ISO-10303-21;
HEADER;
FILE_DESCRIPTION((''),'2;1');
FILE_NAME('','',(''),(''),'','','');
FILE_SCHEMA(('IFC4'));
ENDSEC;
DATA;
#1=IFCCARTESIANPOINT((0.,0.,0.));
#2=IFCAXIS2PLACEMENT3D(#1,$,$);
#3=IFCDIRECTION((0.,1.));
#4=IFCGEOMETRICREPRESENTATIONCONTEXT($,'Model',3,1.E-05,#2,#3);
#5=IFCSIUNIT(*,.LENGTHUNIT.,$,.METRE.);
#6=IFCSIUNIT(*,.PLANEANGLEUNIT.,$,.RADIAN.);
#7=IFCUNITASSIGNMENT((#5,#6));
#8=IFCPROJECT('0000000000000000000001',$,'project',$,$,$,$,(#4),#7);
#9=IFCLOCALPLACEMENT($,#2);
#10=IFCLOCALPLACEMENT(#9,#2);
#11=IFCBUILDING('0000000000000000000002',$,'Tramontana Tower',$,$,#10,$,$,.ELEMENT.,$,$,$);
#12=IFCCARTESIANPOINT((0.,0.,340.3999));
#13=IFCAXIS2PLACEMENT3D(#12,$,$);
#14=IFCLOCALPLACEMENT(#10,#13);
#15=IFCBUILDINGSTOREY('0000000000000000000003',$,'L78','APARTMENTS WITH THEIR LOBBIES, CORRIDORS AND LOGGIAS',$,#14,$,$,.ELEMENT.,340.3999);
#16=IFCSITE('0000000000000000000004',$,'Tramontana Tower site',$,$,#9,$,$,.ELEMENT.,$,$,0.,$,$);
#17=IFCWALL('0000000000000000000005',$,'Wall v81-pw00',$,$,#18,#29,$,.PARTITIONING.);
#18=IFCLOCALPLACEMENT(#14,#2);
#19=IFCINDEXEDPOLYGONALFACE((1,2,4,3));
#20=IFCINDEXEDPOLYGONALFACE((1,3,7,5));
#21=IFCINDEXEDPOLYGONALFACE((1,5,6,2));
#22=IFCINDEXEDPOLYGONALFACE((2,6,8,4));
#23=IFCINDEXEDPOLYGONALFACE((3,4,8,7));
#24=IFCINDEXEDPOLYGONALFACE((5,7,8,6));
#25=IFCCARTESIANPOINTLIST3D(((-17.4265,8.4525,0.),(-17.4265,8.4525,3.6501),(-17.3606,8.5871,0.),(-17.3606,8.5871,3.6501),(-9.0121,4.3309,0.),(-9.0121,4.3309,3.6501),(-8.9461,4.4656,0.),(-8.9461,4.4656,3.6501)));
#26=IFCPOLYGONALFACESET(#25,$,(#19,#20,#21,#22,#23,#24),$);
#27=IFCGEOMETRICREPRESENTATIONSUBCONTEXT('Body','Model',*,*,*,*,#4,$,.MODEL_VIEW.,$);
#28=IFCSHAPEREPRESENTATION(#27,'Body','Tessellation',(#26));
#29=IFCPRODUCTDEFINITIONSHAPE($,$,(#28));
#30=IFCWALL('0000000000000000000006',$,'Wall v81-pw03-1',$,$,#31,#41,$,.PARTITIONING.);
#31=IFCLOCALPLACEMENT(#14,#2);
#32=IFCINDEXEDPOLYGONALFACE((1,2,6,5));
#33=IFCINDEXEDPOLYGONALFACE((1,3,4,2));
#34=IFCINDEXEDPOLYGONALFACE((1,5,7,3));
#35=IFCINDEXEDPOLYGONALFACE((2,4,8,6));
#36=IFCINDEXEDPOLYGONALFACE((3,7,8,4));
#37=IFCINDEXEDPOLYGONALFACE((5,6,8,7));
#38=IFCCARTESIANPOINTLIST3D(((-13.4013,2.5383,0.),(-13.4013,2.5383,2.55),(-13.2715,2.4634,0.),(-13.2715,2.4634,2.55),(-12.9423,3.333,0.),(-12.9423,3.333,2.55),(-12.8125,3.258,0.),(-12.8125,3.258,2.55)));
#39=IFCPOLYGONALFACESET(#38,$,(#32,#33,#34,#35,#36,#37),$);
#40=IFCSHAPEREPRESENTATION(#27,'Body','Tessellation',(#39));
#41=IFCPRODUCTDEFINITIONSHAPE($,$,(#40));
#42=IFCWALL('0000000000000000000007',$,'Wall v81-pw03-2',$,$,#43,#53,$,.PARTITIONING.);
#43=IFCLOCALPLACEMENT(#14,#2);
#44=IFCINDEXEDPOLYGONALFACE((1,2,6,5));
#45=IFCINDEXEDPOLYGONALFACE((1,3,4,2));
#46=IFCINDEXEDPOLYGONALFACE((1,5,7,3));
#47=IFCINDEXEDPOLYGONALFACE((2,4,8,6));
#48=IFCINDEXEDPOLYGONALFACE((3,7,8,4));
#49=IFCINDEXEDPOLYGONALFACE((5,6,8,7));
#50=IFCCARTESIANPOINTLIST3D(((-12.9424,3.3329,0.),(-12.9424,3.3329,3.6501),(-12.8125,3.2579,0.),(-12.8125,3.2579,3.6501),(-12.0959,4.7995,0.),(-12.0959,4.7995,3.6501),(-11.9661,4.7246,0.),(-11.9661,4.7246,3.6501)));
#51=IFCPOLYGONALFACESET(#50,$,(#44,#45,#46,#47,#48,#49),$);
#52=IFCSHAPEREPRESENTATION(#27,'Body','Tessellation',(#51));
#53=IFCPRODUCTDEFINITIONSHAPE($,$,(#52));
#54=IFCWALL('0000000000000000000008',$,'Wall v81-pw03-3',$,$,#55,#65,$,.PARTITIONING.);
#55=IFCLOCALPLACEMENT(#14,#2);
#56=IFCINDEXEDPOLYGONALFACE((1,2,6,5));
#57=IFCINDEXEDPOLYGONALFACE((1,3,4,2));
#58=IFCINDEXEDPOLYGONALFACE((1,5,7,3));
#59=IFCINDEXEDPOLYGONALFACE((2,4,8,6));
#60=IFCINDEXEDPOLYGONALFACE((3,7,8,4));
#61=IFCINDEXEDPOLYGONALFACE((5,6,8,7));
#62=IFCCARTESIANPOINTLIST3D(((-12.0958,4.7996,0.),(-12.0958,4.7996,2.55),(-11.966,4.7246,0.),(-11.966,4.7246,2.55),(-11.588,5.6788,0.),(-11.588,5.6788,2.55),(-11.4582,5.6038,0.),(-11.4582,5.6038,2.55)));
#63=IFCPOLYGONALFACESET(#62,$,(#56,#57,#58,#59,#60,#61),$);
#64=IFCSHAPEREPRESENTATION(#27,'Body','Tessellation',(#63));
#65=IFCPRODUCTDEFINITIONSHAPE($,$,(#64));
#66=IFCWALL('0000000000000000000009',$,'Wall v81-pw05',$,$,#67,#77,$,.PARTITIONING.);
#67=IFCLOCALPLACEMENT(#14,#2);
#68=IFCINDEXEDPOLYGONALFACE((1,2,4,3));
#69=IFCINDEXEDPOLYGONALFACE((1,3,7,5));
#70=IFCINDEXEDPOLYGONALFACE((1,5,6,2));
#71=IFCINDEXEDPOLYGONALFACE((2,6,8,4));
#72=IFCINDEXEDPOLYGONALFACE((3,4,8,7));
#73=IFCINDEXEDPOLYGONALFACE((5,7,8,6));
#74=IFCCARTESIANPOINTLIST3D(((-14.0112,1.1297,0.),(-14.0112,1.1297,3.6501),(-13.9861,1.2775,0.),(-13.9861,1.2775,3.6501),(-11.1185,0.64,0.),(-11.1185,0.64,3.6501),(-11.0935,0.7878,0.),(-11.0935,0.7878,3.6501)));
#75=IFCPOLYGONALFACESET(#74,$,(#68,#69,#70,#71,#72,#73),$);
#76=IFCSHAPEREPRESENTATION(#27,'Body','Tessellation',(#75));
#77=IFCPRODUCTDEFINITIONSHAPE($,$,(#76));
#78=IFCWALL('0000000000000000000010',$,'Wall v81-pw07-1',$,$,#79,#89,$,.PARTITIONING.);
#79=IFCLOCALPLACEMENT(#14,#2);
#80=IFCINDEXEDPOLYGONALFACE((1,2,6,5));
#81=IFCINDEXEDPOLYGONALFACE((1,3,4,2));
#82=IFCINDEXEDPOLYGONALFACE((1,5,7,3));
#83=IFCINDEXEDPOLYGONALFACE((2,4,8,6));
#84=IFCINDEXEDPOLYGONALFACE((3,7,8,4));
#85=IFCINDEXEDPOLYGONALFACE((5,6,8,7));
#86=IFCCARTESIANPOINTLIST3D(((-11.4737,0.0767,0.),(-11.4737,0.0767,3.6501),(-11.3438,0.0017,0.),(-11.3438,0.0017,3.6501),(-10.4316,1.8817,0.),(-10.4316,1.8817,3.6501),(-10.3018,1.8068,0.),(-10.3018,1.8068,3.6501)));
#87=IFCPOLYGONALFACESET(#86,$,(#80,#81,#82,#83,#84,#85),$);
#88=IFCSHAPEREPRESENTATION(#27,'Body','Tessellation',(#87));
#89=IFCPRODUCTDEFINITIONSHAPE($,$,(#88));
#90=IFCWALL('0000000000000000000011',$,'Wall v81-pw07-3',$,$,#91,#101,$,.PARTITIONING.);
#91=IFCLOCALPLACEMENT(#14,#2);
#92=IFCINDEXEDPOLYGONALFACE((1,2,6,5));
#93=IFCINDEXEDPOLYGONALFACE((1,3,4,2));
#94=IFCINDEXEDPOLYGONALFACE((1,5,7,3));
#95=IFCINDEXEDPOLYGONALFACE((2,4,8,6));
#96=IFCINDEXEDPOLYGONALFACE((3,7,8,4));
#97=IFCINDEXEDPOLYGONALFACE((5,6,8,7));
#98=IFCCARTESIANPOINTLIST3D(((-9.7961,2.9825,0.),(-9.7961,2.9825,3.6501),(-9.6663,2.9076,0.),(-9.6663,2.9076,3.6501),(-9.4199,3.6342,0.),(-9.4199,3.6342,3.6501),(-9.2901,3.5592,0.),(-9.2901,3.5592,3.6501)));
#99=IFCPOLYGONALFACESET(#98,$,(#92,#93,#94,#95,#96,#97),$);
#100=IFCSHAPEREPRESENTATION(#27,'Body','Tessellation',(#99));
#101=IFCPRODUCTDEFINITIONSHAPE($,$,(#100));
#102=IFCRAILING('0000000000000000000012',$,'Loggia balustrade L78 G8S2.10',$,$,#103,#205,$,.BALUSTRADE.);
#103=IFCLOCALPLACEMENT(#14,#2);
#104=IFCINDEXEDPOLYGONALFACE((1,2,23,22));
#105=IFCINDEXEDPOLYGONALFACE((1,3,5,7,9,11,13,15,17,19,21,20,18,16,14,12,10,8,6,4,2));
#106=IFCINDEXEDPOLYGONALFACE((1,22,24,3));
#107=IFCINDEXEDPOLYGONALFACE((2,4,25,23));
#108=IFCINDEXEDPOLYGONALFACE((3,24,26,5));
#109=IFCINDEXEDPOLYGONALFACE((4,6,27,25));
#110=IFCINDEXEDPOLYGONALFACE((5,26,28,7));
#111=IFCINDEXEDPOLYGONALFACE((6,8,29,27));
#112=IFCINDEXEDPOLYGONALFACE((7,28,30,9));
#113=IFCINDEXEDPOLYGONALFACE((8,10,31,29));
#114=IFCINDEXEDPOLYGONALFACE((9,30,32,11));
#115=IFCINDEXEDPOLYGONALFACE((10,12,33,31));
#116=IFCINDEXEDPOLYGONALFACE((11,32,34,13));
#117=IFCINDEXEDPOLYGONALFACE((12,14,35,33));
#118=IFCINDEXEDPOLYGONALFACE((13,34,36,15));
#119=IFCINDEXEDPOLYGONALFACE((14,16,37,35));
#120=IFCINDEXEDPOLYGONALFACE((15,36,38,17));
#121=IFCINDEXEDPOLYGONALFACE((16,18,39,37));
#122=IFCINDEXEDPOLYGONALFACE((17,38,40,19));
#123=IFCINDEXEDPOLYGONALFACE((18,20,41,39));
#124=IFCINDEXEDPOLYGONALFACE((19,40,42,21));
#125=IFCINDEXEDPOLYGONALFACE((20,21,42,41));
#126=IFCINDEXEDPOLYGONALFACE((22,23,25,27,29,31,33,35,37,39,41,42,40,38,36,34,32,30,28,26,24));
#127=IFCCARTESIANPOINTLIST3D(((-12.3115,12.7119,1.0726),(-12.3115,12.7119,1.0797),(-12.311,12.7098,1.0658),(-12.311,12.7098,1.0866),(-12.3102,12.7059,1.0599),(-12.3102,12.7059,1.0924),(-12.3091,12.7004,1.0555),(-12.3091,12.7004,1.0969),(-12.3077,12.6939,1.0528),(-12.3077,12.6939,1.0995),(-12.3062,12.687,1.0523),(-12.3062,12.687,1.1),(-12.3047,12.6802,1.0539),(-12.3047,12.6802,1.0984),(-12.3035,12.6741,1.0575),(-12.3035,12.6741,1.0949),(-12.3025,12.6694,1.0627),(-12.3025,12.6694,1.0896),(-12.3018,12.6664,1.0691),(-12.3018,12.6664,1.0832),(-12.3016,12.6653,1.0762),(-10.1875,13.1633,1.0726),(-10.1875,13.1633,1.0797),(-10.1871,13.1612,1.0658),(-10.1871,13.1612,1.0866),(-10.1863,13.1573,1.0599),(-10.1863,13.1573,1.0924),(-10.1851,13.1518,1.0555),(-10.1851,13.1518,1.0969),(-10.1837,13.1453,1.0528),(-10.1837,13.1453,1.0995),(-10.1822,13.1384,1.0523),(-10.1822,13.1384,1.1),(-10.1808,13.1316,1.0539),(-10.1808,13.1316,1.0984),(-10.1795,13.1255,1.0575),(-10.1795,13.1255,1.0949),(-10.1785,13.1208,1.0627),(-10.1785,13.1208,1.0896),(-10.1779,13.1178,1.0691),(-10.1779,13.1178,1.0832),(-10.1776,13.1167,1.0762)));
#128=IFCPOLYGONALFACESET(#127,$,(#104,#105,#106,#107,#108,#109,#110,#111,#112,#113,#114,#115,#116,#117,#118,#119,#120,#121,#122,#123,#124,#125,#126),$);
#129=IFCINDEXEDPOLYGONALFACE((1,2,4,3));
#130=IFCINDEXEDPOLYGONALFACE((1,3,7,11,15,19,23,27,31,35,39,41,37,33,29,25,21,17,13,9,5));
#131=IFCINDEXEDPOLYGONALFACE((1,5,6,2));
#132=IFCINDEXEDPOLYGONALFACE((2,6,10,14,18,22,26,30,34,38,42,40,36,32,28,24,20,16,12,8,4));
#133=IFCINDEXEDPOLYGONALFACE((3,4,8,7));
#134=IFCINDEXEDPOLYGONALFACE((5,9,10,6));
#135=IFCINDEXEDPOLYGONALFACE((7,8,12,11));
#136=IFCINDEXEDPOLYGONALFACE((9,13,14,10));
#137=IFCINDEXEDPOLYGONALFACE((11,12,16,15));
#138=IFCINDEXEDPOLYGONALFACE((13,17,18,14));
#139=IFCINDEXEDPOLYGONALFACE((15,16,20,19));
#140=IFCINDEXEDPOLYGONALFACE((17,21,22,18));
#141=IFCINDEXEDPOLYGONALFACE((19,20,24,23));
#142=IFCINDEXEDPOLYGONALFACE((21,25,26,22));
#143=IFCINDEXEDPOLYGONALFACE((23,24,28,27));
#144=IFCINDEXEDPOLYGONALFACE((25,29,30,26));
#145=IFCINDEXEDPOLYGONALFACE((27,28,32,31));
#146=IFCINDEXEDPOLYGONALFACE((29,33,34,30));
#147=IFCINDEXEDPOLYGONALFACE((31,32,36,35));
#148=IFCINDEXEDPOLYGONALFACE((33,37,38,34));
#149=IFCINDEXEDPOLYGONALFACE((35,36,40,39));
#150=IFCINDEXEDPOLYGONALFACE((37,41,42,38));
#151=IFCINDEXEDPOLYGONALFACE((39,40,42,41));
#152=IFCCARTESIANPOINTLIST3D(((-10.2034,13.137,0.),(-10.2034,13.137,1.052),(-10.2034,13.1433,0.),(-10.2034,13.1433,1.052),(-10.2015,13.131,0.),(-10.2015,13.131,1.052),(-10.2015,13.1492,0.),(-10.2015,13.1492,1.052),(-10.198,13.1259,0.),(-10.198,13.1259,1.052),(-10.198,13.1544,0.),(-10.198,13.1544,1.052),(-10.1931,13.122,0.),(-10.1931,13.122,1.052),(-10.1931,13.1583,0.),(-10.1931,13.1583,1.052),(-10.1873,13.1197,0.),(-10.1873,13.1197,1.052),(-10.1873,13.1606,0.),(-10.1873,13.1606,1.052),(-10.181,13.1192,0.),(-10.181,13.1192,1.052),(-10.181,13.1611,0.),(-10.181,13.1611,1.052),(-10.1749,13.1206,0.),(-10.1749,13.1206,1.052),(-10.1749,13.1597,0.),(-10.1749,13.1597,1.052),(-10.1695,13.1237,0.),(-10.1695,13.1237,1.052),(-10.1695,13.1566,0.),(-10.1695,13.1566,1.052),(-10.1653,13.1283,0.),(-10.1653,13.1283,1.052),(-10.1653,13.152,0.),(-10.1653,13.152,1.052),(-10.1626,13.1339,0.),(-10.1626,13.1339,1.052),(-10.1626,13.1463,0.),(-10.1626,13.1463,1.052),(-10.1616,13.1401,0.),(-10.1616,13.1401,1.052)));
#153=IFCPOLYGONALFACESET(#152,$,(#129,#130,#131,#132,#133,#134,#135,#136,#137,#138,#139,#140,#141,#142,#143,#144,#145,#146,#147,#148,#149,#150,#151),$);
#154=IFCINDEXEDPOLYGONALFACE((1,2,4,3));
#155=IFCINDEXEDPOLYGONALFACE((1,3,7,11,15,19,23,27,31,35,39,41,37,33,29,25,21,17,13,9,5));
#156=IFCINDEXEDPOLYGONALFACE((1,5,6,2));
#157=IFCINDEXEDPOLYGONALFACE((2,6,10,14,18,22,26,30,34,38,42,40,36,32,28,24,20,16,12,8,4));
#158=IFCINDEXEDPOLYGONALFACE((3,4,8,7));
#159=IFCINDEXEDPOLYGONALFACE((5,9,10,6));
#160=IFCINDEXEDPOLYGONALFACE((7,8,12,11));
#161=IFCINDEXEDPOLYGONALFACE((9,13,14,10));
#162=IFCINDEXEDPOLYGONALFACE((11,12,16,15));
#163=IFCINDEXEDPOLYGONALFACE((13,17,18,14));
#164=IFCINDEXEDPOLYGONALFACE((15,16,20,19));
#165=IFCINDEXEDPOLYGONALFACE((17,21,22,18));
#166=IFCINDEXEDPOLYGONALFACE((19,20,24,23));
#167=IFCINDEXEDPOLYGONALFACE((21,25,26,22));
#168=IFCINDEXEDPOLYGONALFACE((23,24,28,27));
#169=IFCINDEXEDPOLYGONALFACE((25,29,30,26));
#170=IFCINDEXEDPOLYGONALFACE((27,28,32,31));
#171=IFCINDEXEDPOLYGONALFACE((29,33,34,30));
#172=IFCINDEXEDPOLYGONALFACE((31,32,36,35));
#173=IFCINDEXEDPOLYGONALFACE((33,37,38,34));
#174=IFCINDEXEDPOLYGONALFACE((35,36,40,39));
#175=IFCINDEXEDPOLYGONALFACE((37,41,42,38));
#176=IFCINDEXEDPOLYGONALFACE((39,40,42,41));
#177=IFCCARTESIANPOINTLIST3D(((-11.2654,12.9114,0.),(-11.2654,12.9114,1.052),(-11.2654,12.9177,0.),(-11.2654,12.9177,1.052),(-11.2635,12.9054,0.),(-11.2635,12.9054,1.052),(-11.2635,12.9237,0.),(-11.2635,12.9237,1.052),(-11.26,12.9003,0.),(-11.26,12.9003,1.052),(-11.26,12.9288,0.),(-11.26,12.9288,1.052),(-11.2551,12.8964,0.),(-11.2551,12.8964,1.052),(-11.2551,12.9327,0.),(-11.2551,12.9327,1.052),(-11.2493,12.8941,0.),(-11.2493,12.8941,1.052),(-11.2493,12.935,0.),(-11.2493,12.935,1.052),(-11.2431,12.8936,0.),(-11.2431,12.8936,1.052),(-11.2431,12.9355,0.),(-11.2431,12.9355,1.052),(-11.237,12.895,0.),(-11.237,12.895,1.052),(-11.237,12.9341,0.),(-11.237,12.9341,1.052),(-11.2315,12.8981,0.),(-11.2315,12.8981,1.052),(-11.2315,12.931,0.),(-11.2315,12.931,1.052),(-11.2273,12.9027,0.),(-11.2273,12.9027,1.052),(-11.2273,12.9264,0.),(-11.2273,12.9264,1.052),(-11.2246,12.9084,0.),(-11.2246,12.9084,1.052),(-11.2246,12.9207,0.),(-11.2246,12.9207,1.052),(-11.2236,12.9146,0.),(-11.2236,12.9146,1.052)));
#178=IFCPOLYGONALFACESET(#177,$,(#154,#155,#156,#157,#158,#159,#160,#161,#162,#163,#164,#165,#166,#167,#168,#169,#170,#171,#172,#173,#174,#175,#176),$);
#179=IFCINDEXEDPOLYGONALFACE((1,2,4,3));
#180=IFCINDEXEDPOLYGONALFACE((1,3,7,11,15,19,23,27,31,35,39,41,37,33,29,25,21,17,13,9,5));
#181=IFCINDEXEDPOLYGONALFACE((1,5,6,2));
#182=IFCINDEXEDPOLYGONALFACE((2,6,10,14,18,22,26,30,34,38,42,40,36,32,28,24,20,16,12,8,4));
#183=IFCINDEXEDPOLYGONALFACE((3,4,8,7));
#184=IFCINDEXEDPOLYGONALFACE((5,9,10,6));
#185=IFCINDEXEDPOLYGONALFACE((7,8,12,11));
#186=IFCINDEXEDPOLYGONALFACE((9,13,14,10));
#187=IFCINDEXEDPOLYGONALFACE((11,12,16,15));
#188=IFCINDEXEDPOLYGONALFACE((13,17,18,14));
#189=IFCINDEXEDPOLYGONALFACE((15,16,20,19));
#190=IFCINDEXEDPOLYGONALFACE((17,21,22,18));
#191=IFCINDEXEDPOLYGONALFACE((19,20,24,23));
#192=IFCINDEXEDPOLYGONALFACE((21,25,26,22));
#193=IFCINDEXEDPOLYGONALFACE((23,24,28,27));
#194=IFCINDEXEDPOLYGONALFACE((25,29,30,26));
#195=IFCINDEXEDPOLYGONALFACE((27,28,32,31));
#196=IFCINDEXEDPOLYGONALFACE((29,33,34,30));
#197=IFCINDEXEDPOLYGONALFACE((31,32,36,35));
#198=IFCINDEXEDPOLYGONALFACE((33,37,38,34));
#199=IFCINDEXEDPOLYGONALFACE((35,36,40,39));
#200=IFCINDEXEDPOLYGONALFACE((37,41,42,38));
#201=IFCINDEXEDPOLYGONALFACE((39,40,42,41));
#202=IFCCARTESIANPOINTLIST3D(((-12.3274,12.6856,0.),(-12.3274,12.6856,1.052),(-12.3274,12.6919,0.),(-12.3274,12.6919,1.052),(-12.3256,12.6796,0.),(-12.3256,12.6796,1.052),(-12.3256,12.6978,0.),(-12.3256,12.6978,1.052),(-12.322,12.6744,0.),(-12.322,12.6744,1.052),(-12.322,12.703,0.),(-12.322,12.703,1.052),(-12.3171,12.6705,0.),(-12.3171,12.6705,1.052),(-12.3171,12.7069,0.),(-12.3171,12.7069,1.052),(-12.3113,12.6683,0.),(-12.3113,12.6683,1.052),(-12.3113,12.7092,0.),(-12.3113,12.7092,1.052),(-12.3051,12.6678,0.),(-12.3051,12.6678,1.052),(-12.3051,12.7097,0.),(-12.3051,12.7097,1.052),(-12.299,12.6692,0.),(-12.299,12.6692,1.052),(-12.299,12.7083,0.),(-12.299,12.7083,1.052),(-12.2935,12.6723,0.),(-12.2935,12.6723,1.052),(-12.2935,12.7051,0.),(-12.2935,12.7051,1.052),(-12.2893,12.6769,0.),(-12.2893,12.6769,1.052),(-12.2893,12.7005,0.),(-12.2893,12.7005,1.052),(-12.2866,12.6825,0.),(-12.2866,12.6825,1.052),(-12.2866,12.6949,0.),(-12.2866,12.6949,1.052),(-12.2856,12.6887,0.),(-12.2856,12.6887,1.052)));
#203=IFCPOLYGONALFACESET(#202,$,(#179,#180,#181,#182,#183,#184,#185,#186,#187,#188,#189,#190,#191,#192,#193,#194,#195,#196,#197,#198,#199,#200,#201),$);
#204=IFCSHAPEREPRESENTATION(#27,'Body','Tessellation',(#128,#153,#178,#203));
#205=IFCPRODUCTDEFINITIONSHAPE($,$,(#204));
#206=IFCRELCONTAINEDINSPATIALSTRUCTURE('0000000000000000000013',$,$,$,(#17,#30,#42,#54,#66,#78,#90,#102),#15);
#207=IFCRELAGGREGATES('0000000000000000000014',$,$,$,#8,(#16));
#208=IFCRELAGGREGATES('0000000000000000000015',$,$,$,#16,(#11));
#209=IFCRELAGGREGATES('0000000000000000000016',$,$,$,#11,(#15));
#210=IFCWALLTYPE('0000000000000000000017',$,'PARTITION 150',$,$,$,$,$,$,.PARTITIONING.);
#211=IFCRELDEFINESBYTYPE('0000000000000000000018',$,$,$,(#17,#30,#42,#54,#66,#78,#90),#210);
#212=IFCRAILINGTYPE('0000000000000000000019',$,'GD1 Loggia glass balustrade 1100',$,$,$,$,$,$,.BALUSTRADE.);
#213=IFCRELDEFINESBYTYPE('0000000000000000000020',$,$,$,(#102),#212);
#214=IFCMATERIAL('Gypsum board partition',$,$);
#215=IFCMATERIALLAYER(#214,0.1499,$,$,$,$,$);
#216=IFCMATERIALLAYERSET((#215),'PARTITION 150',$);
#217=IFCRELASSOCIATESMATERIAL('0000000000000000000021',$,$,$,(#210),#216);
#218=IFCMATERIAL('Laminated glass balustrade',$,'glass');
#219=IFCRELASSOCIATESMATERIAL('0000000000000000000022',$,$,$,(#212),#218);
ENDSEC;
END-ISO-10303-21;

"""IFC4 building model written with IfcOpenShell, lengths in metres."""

from ifc_helpers import new_model, si_unit, direction, frame, frame_2d, origin, origin_2d, place, context, subcontext, project, spatial, rectangle, circle, extrude, material, layer, layer_set, type_object, element, save


model = new_model("IFC4")

# Units and contexts
model_context = context("Model", 3, precision=1e-05, world=origin(), true_north=direction((0.0, 1.0)))
body_context = subcontext(model_context, "Body", "Model", "MODEL_VIEW")
ifc_project = project(units=[si_unit("LENGTHUNIT", "METRE"), si_unit("PLANEANGLEUNIT", "RADIAN")], contexts=[model_context])

# Site, building, storey
site_placement = place(None, origin())
site = spatial("IfcSite", under=ifc_project, at=site_placement, Name="Tramontana Tower site", CompositionType="ELEMENT", RefElevation=0.0)
building_placement = place(site_placement, origin())
building = spatial("IfcBuilding", under=site, at=building_placement, Name="Tramontana Tower", CompositionType="ELEMENT")
storey_placement = place(building_placement, frame((0.0, 0.0, 340.3999)))
storey = spatial("IfcBuildingStorey", under=building, at=storey_placement, Name="L78", Description="APARTMENTS WITH THEIR LOBBIES, CORRIDORS AND LOGGIAS", CompositionType="ELEMENT", Elevation=340.3999)

# Wall
ifc_material_1 = material(Name="Gypsum board partition")
ifc_layer_1 = layer(ifc_material_1, 0.1499)
ifc_layer_set_1 = layer_set([ifc_layer_1], Name="PARTITION 150")
wall_type_1 = type_object("IfcWallType", Name="PARTITION 150", PredefinedType="PARTITIONING", material=ifc_layer_set_1)
wall_1_placement = place(storey_placement, frame((-17.3936, 8.5198, 0.0), z_axis=(0.0, 0.0, 1.0), x_axis=(0.898056, -0.439882, 0.0)))
element("IfcWall", 1, at=wall_1_placement, inside=storey, type_object=wall_type_1, Name="Wall v81-pw00", PredefinedType="PARTITIONING", context=body_context, shape_type="SweptSolid", body=[
    extrude(rectangle(XDim=9.3696, YDim=0.1499, at=frame_2d((4.6848, 0.0))), origin(), (0.0, 0.0, 1.0), 3.6501),
])

# Walls
wall_2_placement = place(storey_placement, frame((-13.3364, 2.5007, 0.0), z_axis=(0.0, 0.0, 1.0), x_axis=(0.500145, 0.865942, 0.0)))
element("IfcWall", 2, at=wall_2_placement, inside=storey, type_object=wall_type_1, Name="Wall v81-pw03-1", PredefinedType="PARTITIONING", context=body_context, shape_type="SweptSolid", body=[
    extrude(rectangle(XDim=0.9177, YDim=0.1499, at=frame_2d((0.459, 0.0))), origin(), (0.0, 0.0, 1.0), 2.55),
])
wall_3_placement = place(storey_placement, frame((-12.8774, 3.2954, 0.0), z_axis=(0.0, 0.0, 1.0), x_axis=(0.499876, 0.866097, 0.0)))
element("IfcWall", 3, at=wall_3_placement, inside=storey, type_object=wall_type_1, Name="Wall v81-pw03-2", PredefinedType="PARTITIONING", context=body_context, shape_type="SweptSolid", body=[
    extrude(rectangle(XDim=1.6934, YDim=0.1499, at=frame_2d((0.8467, 0.0))), origin(), (0.0, 0.0, 1.0), 3.6501),
])
wall_4_placement = place(storey_placement, frame((-12.031, 4.762, 0.0), z_axis=(0.0, 0.0, 1.0), x_axis=(0.500173, 0.865925, 0.0)))
element("IfcWall", 4, at=wall_4_placement, inside=storey, type_object=wall_type_1, Name="Wall v81-pw03-3", PredefinedType="PARTITIONING", context=body_context, shape_type="SweptSolid", body=[
    extrude(rectangle(XDim=1.0154, YDim=0.1499, at=frame_2d((0.5078, 0.0))), origin(), (0.0, 0.0, 1.0), 2.55),
])
wall_5_placement = place(storey_placement, frame((-13.9985, 1.2036, 0.0), z_axis=(0.0, 0.0, 1.0), x_axis=(0.985968, -0.166935, 0.0)))
element("IfcWall", 5, at=wall_5_placement, inside=storey, type_object=wall_type_1, Name="Wall v81-pw05", PredefinedType="PARTITIONING", context=body_context, shape_type="SweptSolid", body=[
    extrude(rectangle(XDim=2.9338, YDim=0.1499, at=frame_2d((1.4668, 0.0))), origin(), (0.0, 0.0, 1.0), 3.6501),
])
wall_6_placement = place(storey_placement, frame((-11.4087, 0.0393, 0.0), z_axis=(0.0, 0.0, 1.0), x_axis=(0.499969, 0.866043, 0.0)))
element("IfcWall", 6, at=wall_6_placement, inside=storey, type_object=wall_type_1, Name="Wall v81-pw07-1", PredefinedType="PARTITIONING", context=body_context, shape_type="SweptSolid", body=[
    extrude(rectangle(XDim=2.0842, YDim=0.1499, at=frame_2d((1.042, 0.0))), origin(), (0.0, 0.0, 1.0), 3.6501),
])

# Wall
wall_7_placement = place(storey_placement, frame((-9.7312, 2.9451, 0.0), z_axis=(0.0, 0.0, 1.0), x_axis=(0.500013, 0.866018, 0.0)))
element("IfcWall", 7, at=wall_7_placement, inside=storey, type_object=wall_type_1, Name="Wall v81-pw07-3", PredefinedType="PARTITIONING", context=body_context, shape_type="SweptSolid", body=[
    extrude(rectangle(XDim=0.7524, YDim=0.1499, at=frame_2d((0.3762, 0.0))), origin(), (0.0, 0.0, 1.0), 3.6501),
])

# Railing
ifc_material_2 = material(Name="Laminated glass balustrade", Category="glass")
railing_type = type_object("IfcRailingType", Name="GD1 Loggia glass balustrade 1100", PredefinedType="BALUSTRADE", material=ifc_material_2)
railing_1_placement = place(storey_placement, frame((-10.1826, 13.1401, 0.0)))
element("IfcRailing", 8, at=railing_1_placement, inside=storey, type_object=railing_type, Name="Loggia balustrade L78 G8S2.10", PredefinedType="BALUSTRADE", context=body_context, shape_type="SweptSolid", body=[
    extrude(circle(Radius=0.0239, at=origin_2d()), frame((0.0, 0.0, 1.0762), z_axis=(-0.978153, -0.207886, 0.0), x_axis=(0.207886, -0.978153, 0.0)), (0.0, 0.0, 1.0), 2.1714),
    extrude(circle(Radius=0.021, at=origin_2d()), origin(), (0.0, 0.0, 1.0), 1.052),
    extrude(circle(Radius=0.021, at=origin_2d()), frame((-1.062, -0.2256, 0.0)), (0.0, 0.0, 1.0), 1.052),
    extrude(circle(Radius=0.021, at=origin_2d()), frame((-2.124, -0.4514, 0.0)), (0.0, 0.0, 1.0), 1.052),
])

save(model, "model.ifc")
